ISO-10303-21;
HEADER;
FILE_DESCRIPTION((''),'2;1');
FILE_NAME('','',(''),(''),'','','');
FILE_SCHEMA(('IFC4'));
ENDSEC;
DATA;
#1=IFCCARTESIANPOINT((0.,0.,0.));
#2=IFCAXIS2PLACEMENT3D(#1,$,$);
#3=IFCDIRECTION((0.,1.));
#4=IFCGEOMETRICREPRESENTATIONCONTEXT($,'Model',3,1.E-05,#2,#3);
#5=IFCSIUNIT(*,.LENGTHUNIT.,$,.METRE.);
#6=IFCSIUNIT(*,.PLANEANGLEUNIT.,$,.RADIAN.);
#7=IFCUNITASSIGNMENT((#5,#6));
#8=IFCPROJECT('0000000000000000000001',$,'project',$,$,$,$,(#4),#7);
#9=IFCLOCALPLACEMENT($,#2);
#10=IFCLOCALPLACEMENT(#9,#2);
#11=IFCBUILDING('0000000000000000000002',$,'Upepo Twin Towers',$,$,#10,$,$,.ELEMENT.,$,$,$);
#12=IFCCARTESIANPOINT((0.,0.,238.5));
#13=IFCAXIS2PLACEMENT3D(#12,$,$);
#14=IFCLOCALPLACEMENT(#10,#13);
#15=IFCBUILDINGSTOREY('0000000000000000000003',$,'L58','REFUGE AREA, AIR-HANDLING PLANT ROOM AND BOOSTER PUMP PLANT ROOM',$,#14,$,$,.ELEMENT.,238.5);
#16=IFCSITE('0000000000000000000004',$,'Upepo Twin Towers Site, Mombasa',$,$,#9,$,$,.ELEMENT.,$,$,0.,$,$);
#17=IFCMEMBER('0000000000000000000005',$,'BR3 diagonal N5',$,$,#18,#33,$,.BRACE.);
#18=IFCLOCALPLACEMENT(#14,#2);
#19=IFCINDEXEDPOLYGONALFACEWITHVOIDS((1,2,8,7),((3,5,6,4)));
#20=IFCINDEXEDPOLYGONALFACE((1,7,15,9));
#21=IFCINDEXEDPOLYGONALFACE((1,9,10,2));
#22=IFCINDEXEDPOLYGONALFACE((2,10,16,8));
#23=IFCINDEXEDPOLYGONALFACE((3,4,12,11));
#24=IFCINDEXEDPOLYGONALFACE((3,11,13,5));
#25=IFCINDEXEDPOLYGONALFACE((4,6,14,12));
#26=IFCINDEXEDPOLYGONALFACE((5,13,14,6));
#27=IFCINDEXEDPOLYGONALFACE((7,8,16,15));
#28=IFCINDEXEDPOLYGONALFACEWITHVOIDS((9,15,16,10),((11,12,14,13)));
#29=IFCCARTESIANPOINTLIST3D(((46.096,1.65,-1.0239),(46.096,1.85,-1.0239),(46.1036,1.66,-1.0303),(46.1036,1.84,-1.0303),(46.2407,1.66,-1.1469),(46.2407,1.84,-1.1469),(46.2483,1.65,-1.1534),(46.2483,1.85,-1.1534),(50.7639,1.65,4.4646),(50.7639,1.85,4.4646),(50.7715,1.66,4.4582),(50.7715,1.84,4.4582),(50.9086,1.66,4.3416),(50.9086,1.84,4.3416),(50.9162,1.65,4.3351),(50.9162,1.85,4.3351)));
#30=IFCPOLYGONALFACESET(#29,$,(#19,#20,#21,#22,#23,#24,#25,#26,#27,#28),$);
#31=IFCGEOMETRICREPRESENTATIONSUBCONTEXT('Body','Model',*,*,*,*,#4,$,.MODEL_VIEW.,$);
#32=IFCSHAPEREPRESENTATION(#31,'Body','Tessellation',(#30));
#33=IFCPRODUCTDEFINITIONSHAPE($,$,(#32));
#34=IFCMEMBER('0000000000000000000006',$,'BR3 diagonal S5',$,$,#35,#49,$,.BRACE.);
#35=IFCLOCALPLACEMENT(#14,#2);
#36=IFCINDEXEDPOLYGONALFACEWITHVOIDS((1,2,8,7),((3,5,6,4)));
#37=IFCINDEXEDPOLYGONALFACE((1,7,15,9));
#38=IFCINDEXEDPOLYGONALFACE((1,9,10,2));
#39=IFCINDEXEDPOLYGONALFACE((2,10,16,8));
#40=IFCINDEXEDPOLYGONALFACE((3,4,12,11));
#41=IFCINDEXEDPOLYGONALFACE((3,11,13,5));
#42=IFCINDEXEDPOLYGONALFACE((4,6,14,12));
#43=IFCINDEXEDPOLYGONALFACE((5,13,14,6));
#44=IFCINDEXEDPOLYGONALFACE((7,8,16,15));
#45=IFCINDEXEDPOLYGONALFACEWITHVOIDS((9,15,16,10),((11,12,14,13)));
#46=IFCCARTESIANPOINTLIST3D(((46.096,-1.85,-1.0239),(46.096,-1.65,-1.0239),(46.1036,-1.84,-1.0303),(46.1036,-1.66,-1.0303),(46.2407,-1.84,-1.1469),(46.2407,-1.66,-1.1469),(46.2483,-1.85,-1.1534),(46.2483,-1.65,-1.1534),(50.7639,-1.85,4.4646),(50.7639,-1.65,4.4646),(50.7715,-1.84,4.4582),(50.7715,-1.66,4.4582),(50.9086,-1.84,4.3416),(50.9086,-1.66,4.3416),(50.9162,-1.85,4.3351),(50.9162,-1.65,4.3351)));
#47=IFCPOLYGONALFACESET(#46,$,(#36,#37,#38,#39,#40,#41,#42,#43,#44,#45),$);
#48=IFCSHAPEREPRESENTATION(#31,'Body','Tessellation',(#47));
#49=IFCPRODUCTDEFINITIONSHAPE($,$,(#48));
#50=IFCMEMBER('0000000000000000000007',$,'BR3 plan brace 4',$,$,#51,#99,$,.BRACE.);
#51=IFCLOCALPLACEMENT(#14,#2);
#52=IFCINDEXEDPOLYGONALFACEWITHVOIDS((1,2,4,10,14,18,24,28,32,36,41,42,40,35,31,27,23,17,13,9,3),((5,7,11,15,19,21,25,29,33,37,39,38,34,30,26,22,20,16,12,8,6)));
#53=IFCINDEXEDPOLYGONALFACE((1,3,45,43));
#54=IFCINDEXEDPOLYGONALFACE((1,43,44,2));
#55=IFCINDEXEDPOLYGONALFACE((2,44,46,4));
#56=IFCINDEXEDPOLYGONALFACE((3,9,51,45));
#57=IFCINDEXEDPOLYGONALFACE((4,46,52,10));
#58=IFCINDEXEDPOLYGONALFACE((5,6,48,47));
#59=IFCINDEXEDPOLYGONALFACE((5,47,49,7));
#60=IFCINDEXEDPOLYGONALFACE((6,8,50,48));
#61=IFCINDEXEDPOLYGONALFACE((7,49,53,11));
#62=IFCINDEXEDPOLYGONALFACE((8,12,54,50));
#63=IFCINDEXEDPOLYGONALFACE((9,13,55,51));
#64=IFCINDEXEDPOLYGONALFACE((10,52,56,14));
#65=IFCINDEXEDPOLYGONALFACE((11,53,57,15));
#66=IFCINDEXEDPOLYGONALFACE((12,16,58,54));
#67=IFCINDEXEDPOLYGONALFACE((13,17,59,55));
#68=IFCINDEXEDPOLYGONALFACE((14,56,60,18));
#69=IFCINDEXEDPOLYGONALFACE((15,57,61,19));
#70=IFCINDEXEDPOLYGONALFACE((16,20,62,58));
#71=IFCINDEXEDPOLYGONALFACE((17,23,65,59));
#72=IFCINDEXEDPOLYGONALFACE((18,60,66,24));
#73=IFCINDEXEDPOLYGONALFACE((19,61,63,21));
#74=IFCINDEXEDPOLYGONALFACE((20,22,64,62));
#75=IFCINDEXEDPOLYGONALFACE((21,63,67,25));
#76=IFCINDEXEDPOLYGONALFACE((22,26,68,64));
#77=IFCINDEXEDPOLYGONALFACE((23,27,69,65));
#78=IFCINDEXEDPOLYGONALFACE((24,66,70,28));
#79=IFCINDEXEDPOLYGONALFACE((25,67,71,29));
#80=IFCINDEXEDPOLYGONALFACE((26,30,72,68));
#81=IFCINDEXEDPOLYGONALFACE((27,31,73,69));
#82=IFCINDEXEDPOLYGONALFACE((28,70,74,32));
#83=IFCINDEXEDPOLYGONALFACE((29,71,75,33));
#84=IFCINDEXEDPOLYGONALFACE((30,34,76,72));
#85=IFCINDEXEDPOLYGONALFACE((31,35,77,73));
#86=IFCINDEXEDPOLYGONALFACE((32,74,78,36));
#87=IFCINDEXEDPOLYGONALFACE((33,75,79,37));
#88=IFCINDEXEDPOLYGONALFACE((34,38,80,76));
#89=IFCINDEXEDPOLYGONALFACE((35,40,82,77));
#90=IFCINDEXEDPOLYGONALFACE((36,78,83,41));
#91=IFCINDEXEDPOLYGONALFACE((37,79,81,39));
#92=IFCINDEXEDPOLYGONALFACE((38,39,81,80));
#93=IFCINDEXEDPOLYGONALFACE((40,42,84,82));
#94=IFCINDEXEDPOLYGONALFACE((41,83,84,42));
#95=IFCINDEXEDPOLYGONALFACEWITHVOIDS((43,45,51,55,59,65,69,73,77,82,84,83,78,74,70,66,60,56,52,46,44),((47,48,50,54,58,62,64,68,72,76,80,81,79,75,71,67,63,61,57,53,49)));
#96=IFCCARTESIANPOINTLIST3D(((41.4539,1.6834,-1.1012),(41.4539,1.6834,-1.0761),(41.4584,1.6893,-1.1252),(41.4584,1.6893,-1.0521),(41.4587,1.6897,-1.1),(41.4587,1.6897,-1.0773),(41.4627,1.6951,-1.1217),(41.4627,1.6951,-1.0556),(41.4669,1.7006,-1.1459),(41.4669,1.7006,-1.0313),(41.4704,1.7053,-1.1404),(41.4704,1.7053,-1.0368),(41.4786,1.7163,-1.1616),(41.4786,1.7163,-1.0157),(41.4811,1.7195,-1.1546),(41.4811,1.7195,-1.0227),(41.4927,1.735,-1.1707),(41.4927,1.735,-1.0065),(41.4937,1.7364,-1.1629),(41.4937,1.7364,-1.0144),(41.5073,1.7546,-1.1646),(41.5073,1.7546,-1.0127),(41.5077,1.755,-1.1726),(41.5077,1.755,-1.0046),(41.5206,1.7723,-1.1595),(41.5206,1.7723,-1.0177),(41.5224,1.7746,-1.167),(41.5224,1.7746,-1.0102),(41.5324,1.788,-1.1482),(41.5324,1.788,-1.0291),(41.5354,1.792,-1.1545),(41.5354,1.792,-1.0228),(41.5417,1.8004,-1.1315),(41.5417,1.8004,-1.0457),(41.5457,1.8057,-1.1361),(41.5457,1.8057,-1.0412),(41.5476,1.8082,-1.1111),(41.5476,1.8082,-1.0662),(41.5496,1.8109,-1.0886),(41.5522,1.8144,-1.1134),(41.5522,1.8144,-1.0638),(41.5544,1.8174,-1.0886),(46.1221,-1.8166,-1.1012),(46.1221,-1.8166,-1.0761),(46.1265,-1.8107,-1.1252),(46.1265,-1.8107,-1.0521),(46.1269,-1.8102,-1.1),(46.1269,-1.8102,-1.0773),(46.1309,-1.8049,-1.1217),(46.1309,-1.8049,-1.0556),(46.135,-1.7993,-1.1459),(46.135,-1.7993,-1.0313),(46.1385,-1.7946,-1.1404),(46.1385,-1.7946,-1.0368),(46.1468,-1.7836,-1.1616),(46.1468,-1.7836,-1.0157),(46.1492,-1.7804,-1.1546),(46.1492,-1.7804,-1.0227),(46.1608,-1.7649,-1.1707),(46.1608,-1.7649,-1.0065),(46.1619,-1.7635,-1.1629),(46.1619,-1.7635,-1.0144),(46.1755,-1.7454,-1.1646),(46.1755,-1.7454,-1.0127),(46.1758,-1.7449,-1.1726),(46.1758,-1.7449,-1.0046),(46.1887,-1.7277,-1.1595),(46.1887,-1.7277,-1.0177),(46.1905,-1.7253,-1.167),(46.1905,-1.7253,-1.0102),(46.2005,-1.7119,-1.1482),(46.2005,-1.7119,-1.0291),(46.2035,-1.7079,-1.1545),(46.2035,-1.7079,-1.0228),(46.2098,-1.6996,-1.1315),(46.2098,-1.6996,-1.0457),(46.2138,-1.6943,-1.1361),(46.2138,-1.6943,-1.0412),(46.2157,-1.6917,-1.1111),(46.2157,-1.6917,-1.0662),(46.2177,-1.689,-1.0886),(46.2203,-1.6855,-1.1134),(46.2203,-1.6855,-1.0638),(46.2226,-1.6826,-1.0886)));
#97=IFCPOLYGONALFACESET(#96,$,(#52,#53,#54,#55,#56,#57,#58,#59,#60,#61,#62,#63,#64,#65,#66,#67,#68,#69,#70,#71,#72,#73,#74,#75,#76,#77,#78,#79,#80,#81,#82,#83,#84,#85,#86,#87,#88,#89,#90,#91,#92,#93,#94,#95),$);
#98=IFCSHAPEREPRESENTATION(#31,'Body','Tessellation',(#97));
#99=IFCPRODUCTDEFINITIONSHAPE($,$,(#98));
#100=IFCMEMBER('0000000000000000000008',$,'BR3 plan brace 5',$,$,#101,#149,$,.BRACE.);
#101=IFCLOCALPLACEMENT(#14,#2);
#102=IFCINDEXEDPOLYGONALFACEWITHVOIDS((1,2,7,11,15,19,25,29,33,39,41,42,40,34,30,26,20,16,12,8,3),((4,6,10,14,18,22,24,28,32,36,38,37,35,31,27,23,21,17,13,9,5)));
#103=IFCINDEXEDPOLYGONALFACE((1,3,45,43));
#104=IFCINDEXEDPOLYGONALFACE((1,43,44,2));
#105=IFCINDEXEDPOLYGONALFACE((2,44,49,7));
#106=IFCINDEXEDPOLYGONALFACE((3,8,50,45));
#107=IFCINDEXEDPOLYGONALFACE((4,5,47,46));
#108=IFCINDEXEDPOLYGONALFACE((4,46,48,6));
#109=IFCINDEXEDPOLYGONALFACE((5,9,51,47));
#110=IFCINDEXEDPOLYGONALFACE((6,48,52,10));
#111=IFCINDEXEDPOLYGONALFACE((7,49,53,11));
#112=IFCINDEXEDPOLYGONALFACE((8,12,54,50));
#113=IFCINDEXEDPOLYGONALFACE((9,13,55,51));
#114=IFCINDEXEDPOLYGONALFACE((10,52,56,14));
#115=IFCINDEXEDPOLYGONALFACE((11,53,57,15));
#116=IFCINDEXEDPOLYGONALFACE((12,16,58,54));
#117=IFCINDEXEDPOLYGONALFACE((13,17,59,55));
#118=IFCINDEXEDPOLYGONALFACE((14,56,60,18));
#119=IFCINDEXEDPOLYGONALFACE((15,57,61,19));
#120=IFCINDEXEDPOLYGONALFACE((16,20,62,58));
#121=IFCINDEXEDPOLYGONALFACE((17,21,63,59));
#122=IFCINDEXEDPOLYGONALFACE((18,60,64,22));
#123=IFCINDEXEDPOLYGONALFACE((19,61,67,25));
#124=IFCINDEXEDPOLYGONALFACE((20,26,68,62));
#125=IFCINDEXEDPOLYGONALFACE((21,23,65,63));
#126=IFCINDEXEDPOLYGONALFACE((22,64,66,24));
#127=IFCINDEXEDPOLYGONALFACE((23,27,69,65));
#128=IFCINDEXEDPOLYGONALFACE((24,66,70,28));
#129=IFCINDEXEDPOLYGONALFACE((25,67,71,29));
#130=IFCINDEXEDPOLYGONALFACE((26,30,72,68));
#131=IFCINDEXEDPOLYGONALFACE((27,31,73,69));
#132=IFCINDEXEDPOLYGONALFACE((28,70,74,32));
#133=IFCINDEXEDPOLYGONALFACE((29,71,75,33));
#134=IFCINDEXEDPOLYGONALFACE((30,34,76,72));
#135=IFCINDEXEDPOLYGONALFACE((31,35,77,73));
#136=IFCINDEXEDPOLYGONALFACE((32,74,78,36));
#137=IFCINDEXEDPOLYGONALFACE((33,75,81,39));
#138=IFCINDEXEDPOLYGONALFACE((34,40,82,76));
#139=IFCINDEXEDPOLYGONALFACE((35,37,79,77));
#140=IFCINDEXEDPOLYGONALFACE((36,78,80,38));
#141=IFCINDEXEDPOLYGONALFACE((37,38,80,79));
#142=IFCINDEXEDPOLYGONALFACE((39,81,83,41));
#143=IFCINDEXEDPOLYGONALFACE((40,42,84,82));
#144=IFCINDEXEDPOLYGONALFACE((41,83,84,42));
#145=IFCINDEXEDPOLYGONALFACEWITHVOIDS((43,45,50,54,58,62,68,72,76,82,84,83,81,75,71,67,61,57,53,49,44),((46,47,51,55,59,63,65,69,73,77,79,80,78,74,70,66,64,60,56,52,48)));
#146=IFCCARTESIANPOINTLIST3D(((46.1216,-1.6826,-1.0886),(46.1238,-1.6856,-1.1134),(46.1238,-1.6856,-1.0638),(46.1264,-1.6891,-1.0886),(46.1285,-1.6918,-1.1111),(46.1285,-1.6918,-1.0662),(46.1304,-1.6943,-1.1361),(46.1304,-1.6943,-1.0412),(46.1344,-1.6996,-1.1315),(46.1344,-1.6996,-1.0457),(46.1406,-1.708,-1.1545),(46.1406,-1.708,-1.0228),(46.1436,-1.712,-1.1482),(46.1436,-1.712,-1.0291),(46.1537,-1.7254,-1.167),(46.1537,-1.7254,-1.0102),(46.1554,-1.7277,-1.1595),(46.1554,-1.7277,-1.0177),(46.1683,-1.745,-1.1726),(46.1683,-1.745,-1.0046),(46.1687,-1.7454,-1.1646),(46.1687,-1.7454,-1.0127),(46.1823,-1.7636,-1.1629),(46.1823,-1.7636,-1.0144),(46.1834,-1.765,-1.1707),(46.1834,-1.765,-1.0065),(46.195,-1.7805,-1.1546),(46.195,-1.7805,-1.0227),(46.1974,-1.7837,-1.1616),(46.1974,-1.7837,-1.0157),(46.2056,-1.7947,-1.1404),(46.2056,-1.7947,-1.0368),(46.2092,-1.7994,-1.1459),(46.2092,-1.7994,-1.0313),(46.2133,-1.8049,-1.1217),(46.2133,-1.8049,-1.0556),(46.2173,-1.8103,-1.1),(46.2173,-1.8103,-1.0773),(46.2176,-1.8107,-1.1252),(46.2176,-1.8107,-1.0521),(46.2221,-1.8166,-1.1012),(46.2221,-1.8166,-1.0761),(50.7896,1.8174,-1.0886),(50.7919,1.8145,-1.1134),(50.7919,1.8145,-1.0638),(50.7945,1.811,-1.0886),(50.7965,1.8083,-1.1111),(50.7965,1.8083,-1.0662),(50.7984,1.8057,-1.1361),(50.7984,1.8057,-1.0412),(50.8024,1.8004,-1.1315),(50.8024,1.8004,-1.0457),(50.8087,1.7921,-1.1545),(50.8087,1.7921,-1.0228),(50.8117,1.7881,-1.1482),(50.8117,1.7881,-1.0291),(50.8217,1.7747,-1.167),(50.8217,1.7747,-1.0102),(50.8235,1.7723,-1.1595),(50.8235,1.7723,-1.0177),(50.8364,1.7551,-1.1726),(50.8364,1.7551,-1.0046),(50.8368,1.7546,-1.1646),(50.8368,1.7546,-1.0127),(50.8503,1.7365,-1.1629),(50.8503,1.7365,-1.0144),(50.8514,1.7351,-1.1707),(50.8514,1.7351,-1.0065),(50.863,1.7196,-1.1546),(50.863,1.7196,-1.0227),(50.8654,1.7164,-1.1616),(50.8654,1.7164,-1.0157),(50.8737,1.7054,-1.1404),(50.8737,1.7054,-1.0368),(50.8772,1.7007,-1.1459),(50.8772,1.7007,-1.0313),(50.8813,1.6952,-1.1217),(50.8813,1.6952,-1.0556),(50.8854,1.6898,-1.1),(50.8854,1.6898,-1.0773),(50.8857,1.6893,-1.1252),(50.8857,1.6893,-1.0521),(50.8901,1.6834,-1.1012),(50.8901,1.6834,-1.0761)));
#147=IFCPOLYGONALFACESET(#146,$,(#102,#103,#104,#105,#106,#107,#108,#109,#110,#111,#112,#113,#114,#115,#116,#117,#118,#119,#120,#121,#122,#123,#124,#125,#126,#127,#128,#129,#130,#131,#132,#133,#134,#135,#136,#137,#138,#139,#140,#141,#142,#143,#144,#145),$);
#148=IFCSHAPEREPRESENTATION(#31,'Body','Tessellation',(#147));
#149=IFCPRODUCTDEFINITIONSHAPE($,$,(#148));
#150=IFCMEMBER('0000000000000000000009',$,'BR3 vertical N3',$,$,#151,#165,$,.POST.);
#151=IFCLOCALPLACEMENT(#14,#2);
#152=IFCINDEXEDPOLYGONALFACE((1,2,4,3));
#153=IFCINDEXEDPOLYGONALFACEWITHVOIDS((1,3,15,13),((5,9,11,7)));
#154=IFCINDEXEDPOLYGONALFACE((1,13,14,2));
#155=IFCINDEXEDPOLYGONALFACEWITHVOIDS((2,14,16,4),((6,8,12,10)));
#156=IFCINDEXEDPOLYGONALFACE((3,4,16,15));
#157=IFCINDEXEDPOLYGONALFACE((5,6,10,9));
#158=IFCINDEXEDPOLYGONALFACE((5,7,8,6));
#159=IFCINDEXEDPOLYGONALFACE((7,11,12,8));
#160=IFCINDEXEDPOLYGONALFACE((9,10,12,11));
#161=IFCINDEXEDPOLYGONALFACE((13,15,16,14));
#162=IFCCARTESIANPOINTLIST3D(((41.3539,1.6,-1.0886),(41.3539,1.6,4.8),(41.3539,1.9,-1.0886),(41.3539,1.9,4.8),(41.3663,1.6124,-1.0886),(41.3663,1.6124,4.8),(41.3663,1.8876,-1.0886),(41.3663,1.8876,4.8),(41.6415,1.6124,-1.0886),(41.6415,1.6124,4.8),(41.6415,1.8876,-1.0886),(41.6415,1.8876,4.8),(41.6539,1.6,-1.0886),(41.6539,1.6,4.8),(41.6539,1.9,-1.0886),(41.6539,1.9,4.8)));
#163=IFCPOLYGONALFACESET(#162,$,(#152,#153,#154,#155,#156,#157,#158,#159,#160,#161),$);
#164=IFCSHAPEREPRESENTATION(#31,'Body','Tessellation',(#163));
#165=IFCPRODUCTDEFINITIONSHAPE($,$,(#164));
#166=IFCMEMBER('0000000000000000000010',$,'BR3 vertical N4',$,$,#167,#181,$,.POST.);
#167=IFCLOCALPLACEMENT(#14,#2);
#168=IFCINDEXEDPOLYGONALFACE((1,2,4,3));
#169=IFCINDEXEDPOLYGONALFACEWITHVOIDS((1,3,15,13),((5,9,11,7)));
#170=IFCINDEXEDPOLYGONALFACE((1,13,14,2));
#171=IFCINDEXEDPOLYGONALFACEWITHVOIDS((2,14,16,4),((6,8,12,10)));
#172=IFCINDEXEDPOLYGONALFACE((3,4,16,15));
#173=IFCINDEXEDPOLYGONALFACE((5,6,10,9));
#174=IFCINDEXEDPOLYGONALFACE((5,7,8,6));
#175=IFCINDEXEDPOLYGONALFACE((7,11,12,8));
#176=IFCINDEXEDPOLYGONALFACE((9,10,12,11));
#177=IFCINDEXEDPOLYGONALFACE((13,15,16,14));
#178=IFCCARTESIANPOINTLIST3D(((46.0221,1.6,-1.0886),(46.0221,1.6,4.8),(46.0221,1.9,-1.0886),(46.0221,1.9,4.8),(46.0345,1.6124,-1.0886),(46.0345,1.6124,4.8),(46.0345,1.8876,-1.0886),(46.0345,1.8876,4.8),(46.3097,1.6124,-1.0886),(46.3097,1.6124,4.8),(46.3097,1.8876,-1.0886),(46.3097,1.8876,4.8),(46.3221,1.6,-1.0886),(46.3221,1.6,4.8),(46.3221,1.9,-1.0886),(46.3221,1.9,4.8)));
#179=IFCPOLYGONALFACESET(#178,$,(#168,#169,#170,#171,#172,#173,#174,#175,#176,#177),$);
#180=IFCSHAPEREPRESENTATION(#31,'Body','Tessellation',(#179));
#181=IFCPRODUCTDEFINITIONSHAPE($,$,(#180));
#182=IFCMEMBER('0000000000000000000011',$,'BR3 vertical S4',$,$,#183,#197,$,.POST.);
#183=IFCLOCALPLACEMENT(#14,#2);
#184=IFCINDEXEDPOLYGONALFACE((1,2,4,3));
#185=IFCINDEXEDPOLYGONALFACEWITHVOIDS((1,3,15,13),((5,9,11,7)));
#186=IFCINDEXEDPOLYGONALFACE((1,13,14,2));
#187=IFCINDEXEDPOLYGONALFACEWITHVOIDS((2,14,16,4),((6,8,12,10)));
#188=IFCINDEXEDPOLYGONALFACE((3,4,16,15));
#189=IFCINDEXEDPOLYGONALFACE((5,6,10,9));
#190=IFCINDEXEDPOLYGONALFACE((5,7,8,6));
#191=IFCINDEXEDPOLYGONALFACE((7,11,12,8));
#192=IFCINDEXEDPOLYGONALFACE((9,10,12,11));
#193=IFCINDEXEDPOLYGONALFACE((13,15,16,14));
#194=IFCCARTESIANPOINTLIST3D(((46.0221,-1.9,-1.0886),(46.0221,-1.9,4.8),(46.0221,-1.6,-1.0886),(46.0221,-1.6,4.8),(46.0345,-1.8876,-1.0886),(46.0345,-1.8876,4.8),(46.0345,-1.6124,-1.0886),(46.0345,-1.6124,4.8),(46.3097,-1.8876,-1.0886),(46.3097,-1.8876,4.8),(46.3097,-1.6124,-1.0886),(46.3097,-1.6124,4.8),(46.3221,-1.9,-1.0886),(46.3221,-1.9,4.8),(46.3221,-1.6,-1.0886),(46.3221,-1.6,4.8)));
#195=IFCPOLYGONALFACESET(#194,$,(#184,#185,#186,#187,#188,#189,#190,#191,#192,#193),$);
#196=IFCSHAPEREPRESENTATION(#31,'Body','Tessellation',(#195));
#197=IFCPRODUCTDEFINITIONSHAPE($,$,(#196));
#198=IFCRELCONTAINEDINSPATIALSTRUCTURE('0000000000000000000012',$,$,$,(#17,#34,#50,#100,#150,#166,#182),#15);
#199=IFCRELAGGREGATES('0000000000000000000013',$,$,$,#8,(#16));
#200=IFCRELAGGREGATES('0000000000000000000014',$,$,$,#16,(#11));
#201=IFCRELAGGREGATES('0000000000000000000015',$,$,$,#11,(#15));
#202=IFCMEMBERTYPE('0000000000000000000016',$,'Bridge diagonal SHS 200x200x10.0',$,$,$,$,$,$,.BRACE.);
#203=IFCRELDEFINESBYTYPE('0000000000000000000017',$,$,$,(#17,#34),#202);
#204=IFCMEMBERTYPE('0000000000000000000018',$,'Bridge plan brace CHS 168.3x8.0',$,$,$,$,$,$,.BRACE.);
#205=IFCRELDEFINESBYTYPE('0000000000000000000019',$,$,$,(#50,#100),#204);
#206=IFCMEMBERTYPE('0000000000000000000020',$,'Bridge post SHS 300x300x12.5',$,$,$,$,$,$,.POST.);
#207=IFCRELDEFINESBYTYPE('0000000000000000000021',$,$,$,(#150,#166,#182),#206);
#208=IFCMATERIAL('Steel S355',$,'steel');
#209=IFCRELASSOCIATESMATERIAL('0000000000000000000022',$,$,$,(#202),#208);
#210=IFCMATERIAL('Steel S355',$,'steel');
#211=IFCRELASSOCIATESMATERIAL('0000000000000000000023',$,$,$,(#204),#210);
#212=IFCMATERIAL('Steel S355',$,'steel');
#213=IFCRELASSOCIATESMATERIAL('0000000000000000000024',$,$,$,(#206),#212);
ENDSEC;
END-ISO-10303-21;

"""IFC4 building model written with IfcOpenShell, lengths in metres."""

from ifc_helpers import new_model, si_unit, direction, frame, origin, origin_2d, place, context, subcontext, project, spatial, hollow_rectangle, hollow_circle, extrude, material, material_profile, profile_set, type_object, element, save


model = new_model("IFC4")

# Units and contexts
model_context = context("Model", 3, precision=1e-05, world=origin(), true_north=direction((0.0, 1.0)))
body_context = subcontext(model_context, "Body", "Model", "MODEL_VIEW")
ifc_project = project(units=[si_unit("LENGTHUNIT", "METRE"), si_unit("PLANEANGLEUNIT", "RADIAN")], contexts=[model_context])

# Site, building, storey
site_placement = place(None, origin())
site = spatial("IfcSite", under=ifc_project, at=site_placement, Name="Upepo Twin Towers Site, Mombasa", CompositionType="ELEMENT", RefElevation=0.0)
building_placement = place(site_placement, origin())
building = spatial("IfcBuilding", under=site, at=building_placement, Name="Upepo Twin Towers", CompositionType="ELEMENT")
storey_placement = place(building_placement, frame((0.0, 0.0, 238.5)))
storey = spatial("IfcBuildingStorey", under=building, at=storey_placement, Name="L58", Description="REFUGE AREA, AIR-HANDLING PLANT ROOM AND BOOSTER PUMP PLANT ROOM", CompositionType="ELEMENT", Elevation=238.5)

# Members
ifc_material_1 = material(Name="Steel S355", Category="steel")
ifc_material_profile_1 = material_profile(ifc_material_1, hollow_rectangle(XDim=0.2, YDim=0.2, WallThickness=0.01, at=origin_2d()), Name="SHS 200x200x10.0")
ifc_profile_set_1 = profile_set([ifc_material_profile_1], Name="Steel S355")
member_type_1 = type_object("IfcMemberType", Name="Bridge diagonal SHS 200x200x10.0", PredefinedType="BRACE", material=ifc_profile_set_1)
for number, where, z_axis, x_axis, name in (
    (1, (46.1721, 1.75, -1.0886), (0.647868, 0.0, 0.761753), (0.0, 1.0, 0.0), "BR3 diagonal N5"),
    (2, (46.1721, -1.75, -1.0886), (0.647868, 0.0, 0.761753), (0.0, 1.0, 0.0), "BR3 diagonal S5"),
):
    element("IfcMember", number, at=place(storey_placement, frame(where, z_axis=z_axis, x_axis=x_axis)), inside=storey, type_object=member_type_1, Name=name, PredefinedType="BRACE", context=body_context, shape_type="SweptSolid", body=[
        extrude(hollow_rectangle(XDim=0.2, YDim=0.2, WallThickness=0.01, at=origin_2d()), origin(), (0.0, 0.0, 1.0), 7.2051),
    ])
ifc_material_2 = material(Name="Steel S355", Category="steel")
ifc_material_profile_2 = material_profile(ifc_material_2, hollow_circle(Radius=0.0842, WallThickness=0.0081, at=origin_2d()), Name="CHS 168.3x8.0")
ifc_profile_set_2 = profile_set([ifc_material_profile_2], Name="Steel S355")
member_type_2 = type_object("IfcMemberType", Name="Bridge plan brace CHS 168.3x8.0", PredefinedType="BRACE", material=ifc_profile_set_2)
for number, where, z_axis, x_axis, name in (
    (3, (41.5039, 1.75, -1.0886), (0.800095, -0.599873, 0.0), (0.599873, 0.800095, 0.0), "BR3 plan brace 4"),
    (4, (46.1721, -1.75, -1.0886), (0.80008, 0.599893, 0.0), (-0.599893, 0.80008, 0.0), "BR3 plan brace 5"),
):
    element("IfcMember", number, at=place(storey_placement, frame(where, z_axis=z_axis, x_axis=x_axis)), inside=storey, type_object=member_type_2, Name=name, PredefinedType="BRACE", context=body_context, shape_type="SweptSolid", body=[
        extrude(hollow_circle(Radius=0.0842, WallThickness=0.0081, at=origin_2d()), origin(), (0.0, 0.0, 1.0), 5.8345),
    ])
ifc_material_3 = material(Name="Steel S355", Category="steel")
ifc_material_profile_3 = material_profile(ifc_material_3, hollow_rectangle(XDim=0.3, YDim=0.3, WallThickness=0.0125, at=origin_2d()), Name="SHS 300x300x12.5")
ifc_profile_set_3 = profile_set([ifc_material_profile_3], Name="Steel S355")
member_type_3 = type_object("IfcMemberType", Name="Bridge post SHS 300x300x12.5", PredefinedType="POST", material=ifc_profile_set_3)
for number, where, z_axis, x_axis, name in (
    (5, (41.5039, 1.75, -1.0886), (0.0, 0.0, 1.0), (1.0, 0.0, 0.0), "BR3 vertical N3"),
    (6, (46.1721, 1.75, -1.0886), (0.0, 0.0, 1.0), (1.0, 0.0, 0.0), "BR3 vertical N4"),
    (7, (46.1721, -1.75, -1.0886), (0.0, 0.0, 1.0), (1.0, 0.0, 0.0), "BR3 vertical S4"),
):
    element("IfcMember", number, at=place(storey_placement, frame(where, z_axis=z_axis, x_axis=x_axis)), inside=storey, type_object=member_type_3, Name=name, PredefinedType="POST", context=body_context, shape_type="SweptSolid", body=[
        extrude(hollow_rectangle(XDim=0.3, YDim=0.3, WallThickness=0.0125, at=origin_2d()), origin(), (0.0, 0.0, 1.0), 5.8887),
    ])

save(model, "model.ifc")
